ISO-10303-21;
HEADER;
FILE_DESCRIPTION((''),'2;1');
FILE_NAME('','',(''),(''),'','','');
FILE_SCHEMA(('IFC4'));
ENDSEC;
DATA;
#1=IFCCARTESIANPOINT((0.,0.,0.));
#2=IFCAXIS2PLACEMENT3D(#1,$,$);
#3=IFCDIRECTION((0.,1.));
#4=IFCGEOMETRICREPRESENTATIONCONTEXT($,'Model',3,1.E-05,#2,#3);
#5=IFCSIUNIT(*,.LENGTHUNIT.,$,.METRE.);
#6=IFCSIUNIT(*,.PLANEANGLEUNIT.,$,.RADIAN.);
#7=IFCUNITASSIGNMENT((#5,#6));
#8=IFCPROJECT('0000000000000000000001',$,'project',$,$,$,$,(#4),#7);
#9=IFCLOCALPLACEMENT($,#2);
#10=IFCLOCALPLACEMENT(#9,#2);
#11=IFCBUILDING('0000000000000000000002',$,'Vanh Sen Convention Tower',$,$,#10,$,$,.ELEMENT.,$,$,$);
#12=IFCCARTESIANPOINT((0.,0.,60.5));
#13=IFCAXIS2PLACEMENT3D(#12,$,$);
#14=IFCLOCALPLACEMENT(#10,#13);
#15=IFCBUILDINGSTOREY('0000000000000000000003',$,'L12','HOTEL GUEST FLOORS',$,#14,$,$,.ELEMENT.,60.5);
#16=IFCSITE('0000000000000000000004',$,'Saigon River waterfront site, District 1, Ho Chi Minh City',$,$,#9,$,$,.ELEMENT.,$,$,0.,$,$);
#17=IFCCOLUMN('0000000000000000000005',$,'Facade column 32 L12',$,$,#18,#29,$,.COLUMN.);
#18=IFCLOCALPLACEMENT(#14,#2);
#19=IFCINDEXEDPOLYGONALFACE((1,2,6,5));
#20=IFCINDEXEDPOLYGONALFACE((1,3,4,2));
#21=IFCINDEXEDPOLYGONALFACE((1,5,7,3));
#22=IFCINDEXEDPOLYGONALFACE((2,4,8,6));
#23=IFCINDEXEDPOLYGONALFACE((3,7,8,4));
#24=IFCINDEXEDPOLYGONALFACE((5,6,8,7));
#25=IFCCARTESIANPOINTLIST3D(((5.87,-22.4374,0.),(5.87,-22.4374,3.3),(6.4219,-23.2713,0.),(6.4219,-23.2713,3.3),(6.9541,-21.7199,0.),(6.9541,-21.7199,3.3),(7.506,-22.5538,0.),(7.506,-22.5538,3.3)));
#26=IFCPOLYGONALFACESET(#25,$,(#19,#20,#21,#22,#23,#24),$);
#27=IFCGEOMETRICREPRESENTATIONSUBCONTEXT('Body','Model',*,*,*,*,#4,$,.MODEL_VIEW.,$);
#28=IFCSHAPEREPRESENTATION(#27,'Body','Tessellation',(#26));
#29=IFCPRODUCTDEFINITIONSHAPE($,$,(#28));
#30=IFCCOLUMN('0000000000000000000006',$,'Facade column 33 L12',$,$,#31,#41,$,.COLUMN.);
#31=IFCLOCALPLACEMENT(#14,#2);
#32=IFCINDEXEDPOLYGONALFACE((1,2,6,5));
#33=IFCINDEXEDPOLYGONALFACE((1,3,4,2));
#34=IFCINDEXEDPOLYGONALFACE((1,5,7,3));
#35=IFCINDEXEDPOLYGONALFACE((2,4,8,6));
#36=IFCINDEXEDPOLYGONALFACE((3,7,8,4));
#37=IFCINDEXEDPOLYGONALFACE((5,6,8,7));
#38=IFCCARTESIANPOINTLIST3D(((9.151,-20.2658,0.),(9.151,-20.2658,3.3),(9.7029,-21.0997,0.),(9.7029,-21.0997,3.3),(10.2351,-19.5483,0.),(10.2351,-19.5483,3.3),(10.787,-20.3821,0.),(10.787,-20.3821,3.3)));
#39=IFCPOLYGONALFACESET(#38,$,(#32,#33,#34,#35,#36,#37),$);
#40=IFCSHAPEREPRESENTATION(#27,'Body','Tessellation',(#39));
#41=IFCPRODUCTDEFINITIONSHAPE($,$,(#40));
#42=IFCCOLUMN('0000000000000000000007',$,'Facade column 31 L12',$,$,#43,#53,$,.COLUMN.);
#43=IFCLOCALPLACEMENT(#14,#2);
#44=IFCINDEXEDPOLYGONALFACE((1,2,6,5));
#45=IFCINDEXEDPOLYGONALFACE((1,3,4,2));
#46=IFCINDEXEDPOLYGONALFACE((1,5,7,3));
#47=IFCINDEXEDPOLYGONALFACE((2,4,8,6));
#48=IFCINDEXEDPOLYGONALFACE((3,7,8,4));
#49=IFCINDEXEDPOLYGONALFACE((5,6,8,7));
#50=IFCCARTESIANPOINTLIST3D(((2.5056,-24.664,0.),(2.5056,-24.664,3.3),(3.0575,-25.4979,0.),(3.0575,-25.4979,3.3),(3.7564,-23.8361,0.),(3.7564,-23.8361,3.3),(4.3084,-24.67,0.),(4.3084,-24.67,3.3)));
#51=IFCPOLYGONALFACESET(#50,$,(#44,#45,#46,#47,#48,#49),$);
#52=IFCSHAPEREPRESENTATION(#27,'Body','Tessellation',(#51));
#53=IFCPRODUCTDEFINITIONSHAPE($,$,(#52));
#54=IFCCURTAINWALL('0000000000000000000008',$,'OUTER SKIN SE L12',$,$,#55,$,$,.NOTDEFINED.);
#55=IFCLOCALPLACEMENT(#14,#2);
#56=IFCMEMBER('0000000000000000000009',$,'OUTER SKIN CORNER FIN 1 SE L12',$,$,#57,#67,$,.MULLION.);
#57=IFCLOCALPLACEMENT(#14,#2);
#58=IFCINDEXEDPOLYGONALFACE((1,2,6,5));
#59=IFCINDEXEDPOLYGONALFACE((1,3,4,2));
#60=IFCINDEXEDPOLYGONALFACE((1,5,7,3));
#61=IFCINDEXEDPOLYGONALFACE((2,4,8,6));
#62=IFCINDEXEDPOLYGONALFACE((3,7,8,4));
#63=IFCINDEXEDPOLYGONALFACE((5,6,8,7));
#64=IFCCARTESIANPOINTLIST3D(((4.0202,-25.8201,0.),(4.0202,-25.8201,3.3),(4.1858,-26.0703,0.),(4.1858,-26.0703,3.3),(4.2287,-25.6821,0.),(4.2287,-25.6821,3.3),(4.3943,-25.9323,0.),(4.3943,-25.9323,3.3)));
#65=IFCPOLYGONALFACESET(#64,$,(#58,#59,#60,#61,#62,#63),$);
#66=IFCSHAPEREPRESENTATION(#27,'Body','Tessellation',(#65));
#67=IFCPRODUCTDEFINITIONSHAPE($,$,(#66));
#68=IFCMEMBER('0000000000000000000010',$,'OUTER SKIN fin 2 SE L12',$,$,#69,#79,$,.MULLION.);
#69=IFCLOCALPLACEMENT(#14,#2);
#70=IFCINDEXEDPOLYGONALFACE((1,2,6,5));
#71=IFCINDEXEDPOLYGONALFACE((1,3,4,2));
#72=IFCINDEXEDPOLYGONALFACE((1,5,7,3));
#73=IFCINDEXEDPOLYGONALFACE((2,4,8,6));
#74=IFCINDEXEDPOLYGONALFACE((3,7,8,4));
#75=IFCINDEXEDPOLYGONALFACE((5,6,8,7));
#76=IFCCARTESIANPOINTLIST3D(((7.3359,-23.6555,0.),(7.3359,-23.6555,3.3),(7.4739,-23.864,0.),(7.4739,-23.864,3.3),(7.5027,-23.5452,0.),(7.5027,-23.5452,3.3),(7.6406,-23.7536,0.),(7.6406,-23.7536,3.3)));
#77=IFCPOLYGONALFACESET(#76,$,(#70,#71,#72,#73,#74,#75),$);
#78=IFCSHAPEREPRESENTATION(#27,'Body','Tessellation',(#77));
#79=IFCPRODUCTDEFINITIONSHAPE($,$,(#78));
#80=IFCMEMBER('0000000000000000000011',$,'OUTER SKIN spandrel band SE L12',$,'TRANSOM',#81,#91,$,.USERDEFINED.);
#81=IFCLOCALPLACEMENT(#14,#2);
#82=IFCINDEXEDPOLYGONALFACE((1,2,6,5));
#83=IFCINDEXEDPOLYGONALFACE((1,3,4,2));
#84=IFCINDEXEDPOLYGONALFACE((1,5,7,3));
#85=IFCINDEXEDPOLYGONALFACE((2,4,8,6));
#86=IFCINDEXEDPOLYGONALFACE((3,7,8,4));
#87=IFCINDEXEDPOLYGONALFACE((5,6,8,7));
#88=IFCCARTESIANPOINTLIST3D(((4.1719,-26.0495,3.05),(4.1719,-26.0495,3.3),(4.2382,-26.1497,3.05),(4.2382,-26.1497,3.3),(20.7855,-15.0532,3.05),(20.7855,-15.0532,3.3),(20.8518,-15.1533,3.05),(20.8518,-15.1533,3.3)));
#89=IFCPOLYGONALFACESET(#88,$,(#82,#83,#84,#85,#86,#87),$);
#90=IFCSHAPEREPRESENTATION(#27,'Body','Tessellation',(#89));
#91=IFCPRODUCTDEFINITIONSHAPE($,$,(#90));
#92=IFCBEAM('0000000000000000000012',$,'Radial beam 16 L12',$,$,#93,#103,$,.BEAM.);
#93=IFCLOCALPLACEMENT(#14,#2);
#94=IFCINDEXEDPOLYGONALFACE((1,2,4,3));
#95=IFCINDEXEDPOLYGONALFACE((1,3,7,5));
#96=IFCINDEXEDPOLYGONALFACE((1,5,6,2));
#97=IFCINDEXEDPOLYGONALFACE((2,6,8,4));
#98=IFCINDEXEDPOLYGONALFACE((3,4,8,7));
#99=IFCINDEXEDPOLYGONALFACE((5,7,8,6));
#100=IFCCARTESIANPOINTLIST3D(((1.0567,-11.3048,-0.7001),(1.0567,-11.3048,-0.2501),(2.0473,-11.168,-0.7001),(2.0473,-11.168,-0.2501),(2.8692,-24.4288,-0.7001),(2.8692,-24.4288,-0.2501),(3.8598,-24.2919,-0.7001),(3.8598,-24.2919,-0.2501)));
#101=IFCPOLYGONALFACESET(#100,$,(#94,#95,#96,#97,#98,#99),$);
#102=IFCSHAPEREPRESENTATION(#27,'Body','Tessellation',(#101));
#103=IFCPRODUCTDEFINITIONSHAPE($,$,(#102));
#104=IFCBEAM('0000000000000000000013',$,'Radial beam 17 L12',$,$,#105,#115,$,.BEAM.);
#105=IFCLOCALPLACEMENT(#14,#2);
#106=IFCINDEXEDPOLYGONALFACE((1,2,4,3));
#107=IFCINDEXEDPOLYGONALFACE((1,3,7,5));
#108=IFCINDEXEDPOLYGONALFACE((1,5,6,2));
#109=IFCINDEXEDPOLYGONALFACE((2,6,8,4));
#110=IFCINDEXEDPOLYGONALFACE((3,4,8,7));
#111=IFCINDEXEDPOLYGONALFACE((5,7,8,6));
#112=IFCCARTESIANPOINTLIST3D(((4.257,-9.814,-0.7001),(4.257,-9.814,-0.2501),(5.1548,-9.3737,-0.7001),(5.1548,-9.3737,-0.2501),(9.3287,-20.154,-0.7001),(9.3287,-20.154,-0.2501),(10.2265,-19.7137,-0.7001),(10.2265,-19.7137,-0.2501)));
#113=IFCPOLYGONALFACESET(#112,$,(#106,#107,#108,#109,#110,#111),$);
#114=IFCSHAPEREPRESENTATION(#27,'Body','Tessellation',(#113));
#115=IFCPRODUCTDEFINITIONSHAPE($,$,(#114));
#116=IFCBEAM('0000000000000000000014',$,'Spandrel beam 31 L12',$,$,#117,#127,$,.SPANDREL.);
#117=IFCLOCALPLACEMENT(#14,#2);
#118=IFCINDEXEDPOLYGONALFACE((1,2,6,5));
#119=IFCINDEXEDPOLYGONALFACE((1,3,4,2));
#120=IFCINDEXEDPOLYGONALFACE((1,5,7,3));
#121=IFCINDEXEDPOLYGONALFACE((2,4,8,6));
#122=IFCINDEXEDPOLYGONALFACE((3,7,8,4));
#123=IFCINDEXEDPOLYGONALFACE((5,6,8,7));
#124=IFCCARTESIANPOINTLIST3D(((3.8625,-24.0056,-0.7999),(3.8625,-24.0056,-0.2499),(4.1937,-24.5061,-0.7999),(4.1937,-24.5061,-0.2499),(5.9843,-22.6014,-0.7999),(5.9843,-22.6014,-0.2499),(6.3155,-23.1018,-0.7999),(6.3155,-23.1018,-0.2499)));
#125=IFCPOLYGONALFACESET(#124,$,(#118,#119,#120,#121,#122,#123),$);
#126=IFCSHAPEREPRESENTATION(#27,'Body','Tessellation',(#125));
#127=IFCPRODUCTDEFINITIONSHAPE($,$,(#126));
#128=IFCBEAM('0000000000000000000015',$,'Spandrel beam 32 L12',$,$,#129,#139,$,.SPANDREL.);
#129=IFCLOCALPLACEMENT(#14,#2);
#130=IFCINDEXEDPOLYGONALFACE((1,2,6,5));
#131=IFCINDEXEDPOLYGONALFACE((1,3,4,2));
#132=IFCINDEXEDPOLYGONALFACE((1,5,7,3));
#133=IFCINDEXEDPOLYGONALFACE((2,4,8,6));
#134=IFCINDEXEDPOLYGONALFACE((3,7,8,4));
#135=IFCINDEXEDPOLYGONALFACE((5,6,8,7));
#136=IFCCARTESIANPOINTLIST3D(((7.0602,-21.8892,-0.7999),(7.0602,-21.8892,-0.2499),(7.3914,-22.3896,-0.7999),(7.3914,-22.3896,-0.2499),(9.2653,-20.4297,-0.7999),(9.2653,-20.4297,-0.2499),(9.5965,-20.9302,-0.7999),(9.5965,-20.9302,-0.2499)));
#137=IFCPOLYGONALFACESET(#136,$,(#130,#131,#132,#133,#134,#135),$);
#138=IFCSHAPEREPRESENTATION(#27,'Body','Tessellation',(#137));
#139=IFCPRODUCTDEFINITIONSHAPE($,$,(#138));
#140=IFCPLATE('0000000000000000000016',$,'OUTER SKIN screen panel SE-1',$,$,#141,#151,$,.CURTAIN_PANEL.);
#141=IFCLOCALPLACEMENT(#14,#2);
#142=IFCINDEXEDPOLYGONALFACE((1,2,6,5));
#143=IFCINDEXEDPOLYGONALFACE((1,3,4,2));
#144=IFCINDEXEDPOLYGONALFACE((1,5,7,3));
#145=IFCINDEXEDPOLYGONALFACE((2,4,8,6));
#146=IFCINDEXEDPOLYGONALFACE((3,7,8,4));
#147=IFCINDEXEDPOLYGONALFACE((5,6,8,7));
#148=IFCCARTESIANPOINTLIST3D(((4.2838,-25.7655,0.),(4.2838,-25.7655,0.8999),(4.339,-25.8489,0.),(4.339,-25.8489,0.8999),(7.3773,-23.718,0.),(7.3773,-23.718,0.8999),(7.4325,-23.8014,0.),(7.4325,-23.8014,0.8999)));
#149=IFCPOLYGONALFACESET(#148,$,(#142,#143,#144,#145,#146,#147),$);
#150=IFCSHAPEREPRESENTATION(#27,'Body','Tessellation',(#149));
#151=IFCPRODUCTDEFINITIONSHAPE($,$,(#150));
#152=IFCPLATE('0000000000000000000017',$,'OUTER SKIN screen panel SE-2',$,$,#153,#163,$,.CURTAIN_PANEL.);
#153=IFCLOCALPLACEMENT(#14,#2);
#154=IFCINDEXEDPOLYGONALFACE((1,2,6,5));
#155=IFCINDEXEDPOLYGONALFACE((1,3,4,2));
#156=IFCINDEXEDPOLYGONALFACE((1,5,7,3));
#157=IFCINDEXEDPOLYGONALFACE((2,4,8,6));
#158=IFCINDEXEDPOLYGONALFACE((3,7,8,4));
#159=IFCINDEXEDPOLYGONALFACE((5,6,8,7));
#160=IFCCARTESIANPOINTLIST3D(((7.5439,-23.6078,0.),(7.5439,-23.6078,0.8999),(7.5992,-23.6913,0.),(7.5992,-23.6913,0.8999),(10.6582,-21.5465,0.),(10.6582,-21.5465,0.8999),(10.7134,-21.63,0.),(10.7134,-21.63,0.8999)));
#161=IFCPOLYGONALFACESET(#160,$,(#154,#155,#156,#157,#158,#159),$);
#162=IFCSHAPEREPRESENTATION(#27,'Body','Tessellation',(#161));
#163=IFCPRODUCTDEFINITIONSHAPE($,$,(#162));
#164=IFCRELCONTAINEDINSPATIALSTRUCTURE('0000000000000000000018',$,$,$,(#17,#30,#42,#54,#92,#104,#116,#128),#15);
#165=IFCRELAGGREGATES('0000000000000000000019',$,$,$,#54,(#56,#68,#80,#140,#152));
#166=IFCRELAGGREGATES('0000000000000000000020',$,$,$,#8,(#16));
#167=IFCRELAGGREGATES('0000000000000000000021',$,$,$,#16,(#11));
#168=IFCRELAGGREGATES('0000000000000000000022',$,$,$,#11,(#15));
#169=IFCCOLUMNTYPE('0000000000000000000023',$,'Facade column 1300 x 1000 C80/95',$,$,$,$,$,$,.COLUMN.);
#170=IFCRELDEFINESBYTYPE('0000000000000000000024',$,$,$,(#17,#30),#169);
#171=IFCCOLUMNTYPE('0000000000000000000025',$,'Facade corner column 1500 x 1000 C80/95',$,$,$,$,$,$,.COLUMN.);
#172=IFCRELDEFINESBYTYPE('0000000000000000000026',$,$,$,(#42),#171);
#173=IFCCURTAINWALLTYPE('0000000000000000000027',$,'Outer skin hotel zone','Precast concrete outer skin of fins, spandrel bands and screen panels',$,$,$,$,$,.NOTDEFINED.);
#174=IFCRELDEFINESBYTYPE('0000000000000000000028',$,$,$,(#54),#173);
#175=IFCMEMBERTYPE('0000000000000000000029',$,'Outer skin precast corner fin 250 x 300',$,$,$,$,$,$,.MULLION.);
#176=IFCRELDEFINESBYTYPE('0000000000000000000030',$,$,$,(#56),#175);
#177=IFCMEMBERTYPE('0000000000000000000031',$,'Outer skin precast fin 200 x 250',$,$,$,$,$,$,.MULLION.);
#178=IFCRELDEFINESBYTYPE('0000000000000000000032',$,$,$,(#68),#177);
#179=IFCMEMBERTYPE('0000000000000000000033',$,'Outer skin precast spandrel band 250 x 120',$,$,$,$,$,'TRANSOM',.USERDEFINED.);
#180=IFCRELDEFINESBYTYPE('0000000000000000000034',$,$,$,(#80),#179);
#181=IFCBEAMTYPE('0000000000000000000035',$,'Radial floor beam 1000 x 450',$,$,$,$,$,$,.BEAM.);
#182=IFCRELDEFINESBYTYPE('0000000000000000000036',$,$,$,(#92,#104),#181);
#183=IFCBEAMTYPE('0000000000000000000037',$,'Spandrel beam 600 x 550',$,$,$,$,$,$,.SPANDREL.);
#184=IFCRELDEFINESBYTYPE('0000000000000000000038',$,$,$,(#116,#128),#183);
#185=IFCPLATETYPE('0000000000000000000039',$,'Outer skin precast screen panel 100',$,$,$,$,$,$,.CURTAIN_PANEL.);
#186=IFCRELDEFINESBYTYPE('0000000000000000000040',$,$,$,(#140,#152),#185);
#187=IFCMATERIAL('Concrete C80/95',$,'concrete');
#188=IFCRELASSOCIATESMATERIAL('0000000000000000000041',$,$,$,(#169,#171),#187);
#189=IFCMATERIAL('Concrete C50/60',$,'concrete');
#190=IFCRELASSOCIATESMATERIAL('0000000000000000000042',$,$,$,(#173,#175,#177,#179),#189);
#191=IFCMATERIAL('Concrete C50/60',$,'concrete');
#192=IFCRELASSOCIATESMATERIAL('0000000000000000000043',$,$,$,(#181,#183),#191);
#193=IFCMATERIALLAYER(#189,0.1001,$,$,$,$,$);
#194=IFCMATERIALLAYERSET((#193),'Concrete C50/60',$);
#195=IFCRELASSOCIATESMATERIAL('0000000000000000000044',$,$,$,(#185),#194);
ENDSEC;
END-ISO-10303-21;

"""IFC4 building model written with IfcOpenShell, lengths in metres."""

from ifc_helpers import new_model, si_unit, direction, frame, origin, origin_2d, place, context, subcontext, project, spatial, rectangle, extrude, material, layer, layer_set, material_profile, profile_set, type_object, element, aggregate, save


model = new_model("IFC4")

# Units and contexts
model_context = context("Model", 3, precision=1e-05, world=origin(), true_north=direction((0.0, 1.0)))
body_context = subcontext(model_context, "Body", "Model", "MODEL_VIEW")
ifc_project = project(units=[si_unit("LENGTHUNIT", "METRE"), si_unit("PLANEANGLEUNIT", "RADIAN")], contexts=[model_context])

# Site, building, storey
site_placement = place(None, origin())
site = spatial("IfcSite", under=ifc_project, at=site_placement, Name="Saigon River waterfront site, District 1, Ho Chi Minh City", CompositionType="ELEMENT", RefElevation=0.0)
building_placement = place(site_placement, origin())
building = spatial("IfcBuilding", under=site, at=building_placement, Name="Vanh Sen Convention Tower", CompositionType="ELEMENT")
storey_placement = place(building_placement, frame((0.0, 0.0, 60.5)))
storey = spatial("IfcBuildingStorey", under=building, at=storey_placement, Name="L12", Description="HOTEL GUEST FLOORS", CompositionType="ELEMENT", Elevation=60.5)

# Columns
ifc_material_1 = material(Name="Concrete C80/95", Category="concrete")
ifc_material_profile_1 = material_profile(ifc_material_1, rectangle(XDim=1.3, YDim=1.0, at=origin_2d()), Name="RC 1300X1000")
ifc_profile_set_1 = profile_set([ifc_material_profile_1], Name="Concrete C80/95")
column_type_1 = type_object("IfcColumnType", Name="Facade column 1300 x 1000 C80/95", PredefinedType="COLUMN", material=ifc_profile_set_1)
for number, where, z_axis, x_axis, name in (
    (1, (6.688, -22.4956, 0.0), (0.0, 0.0, 1.0), (0.833886, 0.551937, 0.0), "Facade column 32 L12"),
    (2, (9.969, -20.324, 0.0), (0.0, 0.0, 1.0), (0.833886, 0.551937, 0.0), "Facade column 33 L12"),
):
    element("IfcColumn", number, at=place(storey_placement, frame(where, z_axis=z_axis, x_axis=x_axis)), inside=storey, type_object=column_type_1, Name=name, PredefinedType="COLUMN", context=body_context, shape_type="SweptSolid", body=[
        extrude(rectangle(XDim=1.3, YDim=1.0, at=origin_2d()), origin(), (0.0, 0.0, 1.0), 3.3),
    ])
ifc_material_profile_2 = material_profile(ifc_material_1, rectangle(XDim=1.5, YDim=1.0, at=origin_2d()), Name="RC 1500X1000")
ifc_profile_set_2 = profile_set([ifc_material_profile_2], Name="Concrete C80/95")
column_type_2 = type_object("IfcColumnType", Name="Facade corner column 1500 x 1000 C80/95", PredefinedType="COLUMN", material=ifc_profile_set_2)
column_placement = place(storey_placement, frame((3.407, -24.667, 0.0), z_axis=(0.0, 0.0, 1.0), x_axis=(0.833886, 0.551937, 0.0)))
element("IfcColumn", 3, at=column_placement, inside=storey, type_object=column_type_2, Name="Facade column 31 L12", PredefinedType="COLUMN", context=body_context, shape_type="SweptSolid", body=[
    extrude(rectangle(XDim=1.5, YDim=1.0, at=origin_2d()), origin(), (0.0, 0.0, 1.0), 3.3),
])

# Curtain wall, members
ifc_material_2 = material(Name="Concrete C50/60", Category="concrete")
curtain_wall_type = type_object("IfcCurtainWallType", Name="Outer skin hotel zone", Description="Precast concrete outer skin of fins, spandrel bands and screen panels", PredefinedType="NOTDEFINED", material=ifc_material_2)
curtain_wall_placement = place(storey_placement, origin())
curtain_wall = element("IfcCurtainWall", 4, at=curtain_wall_placement, inside=storey, type_object=curtain_wall_type, Name="OUTER SKIN SE L12", PredefinedType="NOTDEFINED")
ifc_material_profile_3 = material_profile(ifc_material_2, rectangle(XDim=0.25, YDim=0.3, at=origin_2d()), Name="Outer skin precast corner fin 250 x 300")
ifc_profile_set_3 = profile_set([ifc_material_profile_3], Name="Concrete C50/60")
member_type_1 = type_object("IfcMemberType", Name="Outer skin precast corner fin 250 x 300", PredefinedType="MULLION", material=ifc_profile_set_3)
member_1_placement = place(storey_placement, frame((4.2073, -25.8762, 0.0), z_axis=(0.0, 0.0, 1.0), x_axis=(0.833886, 0.551937, 0.0)))
member_1 = element("IfcMember", 5, at=member_1_placement, type_object=member_type_1, Name="OUTER SKIN CORNER FIN 1 SE L12", PredefinedType="MULLION", context=body_context, shape_type="SweptSolid", body=[
    extrude(rectangle(XDim=0.25, YDim=0.3, at=origin_2d()), origin(), (0.0, 0.0, 1.0), 3.3),
])
ifc_material_profile_4 = material_profile(ifc_material_2, rectangle(XDim=0.2, YDim=0.25, at=origin_2d()), Name="Outer skin precast fin 200 x 250")
ifc_profile_set_4 = profile_set([ifc_material_profile_4], Name="Concrete C50/60")
member_type_2 = type_object("IfcMemberType", Name="Outer skin precast fin 200 x 250", PredefinedType="MULLION", material=ifc_profile_set_4)
member_2_placement = place(storey_placement, frame((7.4883, -23.7046, 0.0), z_axis=(0.0, 0.0, 1.0), x_axis=(0.833886, 0.551937, 0.0)))
member_2 = element("IfcMember", 6, at=member_2_placement, type_object=member_type_2, Name="OUTER SKIN fin 2 SE L12", PredefinedType="MULLION", context=body_context, shape_type="SweptSolid", body=[
    extrude(rectangle(XDim=0.2, YDim=0.25, at=origin_2d()), origin(), (0.0, 0.0, 1.0), 3.3),
])
ifc_material_profile_5 = material_profile(ifc_material_2, rectangle(XDim=0.1201, YDim=0.25, at=origin_2d()), Name="Outer skin precast spandrel band 250 x 120")
ifc_profile_set_5 = profile_set([ifc_material_profile_5], Name="Concrete C50/60")
member_type_3 = type_object("IfcMemberType", Name="Outer skin precast spandrel band 250 x 120", ElementType="TRANSOM", PredefinedType="USERDEFINED", material=ifc_profile_set_5)
member_3_placement = place(storey_placement, frame((4.2051, -26.0996, 3.175), z_axis=(0.833884, 0.55194, 0.0), x_axis=(-0.55194, 0.833884, 0.0)))
member_3 = element("IfcMember", 7, at=member_3_placement, type_object=member_type_3, Name="OUTER SKIN spandrel band SE L12", ObjectType="TRANSOM", PredefinedType="USERDEFINED", context=body_context, shape_type="SweptSolid", body=[
    extrude(rectangle(XDim=0.1201, YDim=0.25, at=origin_2d()), origin(), (0.0, 0.0, 1.0), 19.9231),
])

# Beams
ifc_material_3 = material(Name="Concrete C50/60", Category="concrete")
ifc_material_profile_6 = material_profile(ifc_material_3, rectangle(XDim=1.0, YDim=0.45, at=origin_2d()), Name="RC 1000X450")
ifc_profile_set_6 = profile_set([ifc_material_profile_6], Name="Concrete C50/60")
beam_type_1 = type_object("IfcBeamType", Name="Radial floor beam 1000 x 450", PredefinedType="BEAM", material=ifc_profile_set_6)
beam_1_placement = place(storey_placement, frame((3.3645, -24.3604, -0.4751), z_axis=(-0.136807, 0.990598, 0.0), x_axis=(-0.990598, -0.136807, 0.0)))
element("IfcBeam", 8, at=beam_1_placement, inside=storey, type_object=beam_type_1, Name="Radial beam 16 L12", PredefinedType="BEAM", context=body_context, shape_type="SweptSolid", body=[
    extrude(rectangle(XDim=1.0, YDim=0.45, at=origin_2d()), origin(), (0.0, 0.0, 1.0), 13.2485),
])
beam_2_placement = place(storey_placement, frame((9.7776, -19.9338, -0.4751), z_axis=(-0.440375, 0.897814, 0.0), x_axis=(-0.897814, -0.440375, 0.0)))
element("IfcBeam", 9, at=beam_2_placement, inside=storey, type_object=beam_type_1, Name="Radial beam 17 L12", PredefinedType="BEAM", context=body_context, shape_type="SweptSolid", body=[
    extrude(rectangle(XDim=1.0, YDim=0.45, at=origin_2d()), origin(), (0.0, 0.0, 1.0), 11.5168),
])
ifc_material_profile_7 = material_profile(ifc_material_3, rectangle(XDim=0.6001, YDim=0.55, at=origin_2d()), Name="RC 600X550")
ifc_profile_set_7 = profile_set([ifc_material_profile_7], Name="Concrete C50/60")
beam_type_2 = type_object("IfcBeamType", Name="Spandrel beam 600 x 550", PredefinedType="SPANDREL", material=ifc_profile_set_7)
beam_3_placement = place(storey_placement, frame((4.0281, -24.2559, -0.5249), z_axis=(0.833906, 0.551907, 0.0), x_axis=(-0.551907, 0.833906, 0.0)))
element("IfcBeam", 10, at=beam_3_placement, inside=storey, type_object=beam_type_2, Name="Spandrel beam 31 L12", PredefinedType="SPANDREL", context=body_context, shape_type="SweptSolid", body=[
    extrude(rectangle(XDim=0.6001, YDim=0.55, at=origin_2d()), origin(), (0.0, 0.0, 1.0), 2.5444),
])
beam_4_placement = place(storey_placement, frame((7.2258, -22.1394, -0.5249), z_axis=(0.833892, 0.551927, 0.0), x_axis=(-0.551927, 0.833892, 0.0)))
element("IfcBeam", 11, at=beam_4_placement, inside=storey, type_object=beam_type_2, Name="Spandrel beam 32 L12", PredefinedType="SPANDREL", context=body_context, shape_type="SweptSolid", body=[
    extrude(rectangle(XDim=0.6001, YDim=0.55, at=origin_2d()), origin(), (0.0, 0.0, 1.0), 2.6443),
])

# Plates
ifc_layer_1 = layer(ifc_material_2, 0.1001)
ifc_layer_set_1 = layer_set([ifc_layer_1], Name="Concrete C50/60")
plate_type = type_object("IfcPlateType", Name="Outer skin precast screen panel 100", PredefinedType="CURTAIN_PANEL", material=ifc_layer_set_1)
plate_1_placement = place(storey_placement, frame((5.8582, -24.7834, 0.0), z_axis=(0.0, 0.0, 1.0), x_axis=(0.833892, 0.551928, 0.0)))
plate_1 = element("IfcPlate", 12, at=plate_1_placement, type_object=plate_type, Name="OUTER SKIN screen panel SE-1", PredefinedType="CURTAIN_PANEL", context=body_context, shape_type="SweptSolid", body=[
    extrude(rectangle(XDim=3.7097, YDim=0.1001, at=origin_2d()), origin(), (0.0, 0.0, 1.0), 0.8999),
])
plate_2_placement = place(storey_placement, frame((9.1287, -22.6189, 0.0), z_axis=(0.0, 0.0, 1.0), x_axis=(0.833892, 0.551928, 0.0)))
plate_2 = element("IfcPlate", 13, at=plate_2_placement, type_object=plate_type, Name="OUTER SKIN screen panel SE-2", PredefinedType="CURTAIN_PANEL", context=body_context, shape_type="SweptSolid", body=[
    extrude(rectangle(XDim=3.7346, YDim=0.1001, at=origin_2d()), origin(), (0.0, 0.0, 1.0), 0.8999),
])
aggregate(curtain_wall, [member_1, member_2, member_3, plate_1, plate_2])

save(model, "model.ifc")
